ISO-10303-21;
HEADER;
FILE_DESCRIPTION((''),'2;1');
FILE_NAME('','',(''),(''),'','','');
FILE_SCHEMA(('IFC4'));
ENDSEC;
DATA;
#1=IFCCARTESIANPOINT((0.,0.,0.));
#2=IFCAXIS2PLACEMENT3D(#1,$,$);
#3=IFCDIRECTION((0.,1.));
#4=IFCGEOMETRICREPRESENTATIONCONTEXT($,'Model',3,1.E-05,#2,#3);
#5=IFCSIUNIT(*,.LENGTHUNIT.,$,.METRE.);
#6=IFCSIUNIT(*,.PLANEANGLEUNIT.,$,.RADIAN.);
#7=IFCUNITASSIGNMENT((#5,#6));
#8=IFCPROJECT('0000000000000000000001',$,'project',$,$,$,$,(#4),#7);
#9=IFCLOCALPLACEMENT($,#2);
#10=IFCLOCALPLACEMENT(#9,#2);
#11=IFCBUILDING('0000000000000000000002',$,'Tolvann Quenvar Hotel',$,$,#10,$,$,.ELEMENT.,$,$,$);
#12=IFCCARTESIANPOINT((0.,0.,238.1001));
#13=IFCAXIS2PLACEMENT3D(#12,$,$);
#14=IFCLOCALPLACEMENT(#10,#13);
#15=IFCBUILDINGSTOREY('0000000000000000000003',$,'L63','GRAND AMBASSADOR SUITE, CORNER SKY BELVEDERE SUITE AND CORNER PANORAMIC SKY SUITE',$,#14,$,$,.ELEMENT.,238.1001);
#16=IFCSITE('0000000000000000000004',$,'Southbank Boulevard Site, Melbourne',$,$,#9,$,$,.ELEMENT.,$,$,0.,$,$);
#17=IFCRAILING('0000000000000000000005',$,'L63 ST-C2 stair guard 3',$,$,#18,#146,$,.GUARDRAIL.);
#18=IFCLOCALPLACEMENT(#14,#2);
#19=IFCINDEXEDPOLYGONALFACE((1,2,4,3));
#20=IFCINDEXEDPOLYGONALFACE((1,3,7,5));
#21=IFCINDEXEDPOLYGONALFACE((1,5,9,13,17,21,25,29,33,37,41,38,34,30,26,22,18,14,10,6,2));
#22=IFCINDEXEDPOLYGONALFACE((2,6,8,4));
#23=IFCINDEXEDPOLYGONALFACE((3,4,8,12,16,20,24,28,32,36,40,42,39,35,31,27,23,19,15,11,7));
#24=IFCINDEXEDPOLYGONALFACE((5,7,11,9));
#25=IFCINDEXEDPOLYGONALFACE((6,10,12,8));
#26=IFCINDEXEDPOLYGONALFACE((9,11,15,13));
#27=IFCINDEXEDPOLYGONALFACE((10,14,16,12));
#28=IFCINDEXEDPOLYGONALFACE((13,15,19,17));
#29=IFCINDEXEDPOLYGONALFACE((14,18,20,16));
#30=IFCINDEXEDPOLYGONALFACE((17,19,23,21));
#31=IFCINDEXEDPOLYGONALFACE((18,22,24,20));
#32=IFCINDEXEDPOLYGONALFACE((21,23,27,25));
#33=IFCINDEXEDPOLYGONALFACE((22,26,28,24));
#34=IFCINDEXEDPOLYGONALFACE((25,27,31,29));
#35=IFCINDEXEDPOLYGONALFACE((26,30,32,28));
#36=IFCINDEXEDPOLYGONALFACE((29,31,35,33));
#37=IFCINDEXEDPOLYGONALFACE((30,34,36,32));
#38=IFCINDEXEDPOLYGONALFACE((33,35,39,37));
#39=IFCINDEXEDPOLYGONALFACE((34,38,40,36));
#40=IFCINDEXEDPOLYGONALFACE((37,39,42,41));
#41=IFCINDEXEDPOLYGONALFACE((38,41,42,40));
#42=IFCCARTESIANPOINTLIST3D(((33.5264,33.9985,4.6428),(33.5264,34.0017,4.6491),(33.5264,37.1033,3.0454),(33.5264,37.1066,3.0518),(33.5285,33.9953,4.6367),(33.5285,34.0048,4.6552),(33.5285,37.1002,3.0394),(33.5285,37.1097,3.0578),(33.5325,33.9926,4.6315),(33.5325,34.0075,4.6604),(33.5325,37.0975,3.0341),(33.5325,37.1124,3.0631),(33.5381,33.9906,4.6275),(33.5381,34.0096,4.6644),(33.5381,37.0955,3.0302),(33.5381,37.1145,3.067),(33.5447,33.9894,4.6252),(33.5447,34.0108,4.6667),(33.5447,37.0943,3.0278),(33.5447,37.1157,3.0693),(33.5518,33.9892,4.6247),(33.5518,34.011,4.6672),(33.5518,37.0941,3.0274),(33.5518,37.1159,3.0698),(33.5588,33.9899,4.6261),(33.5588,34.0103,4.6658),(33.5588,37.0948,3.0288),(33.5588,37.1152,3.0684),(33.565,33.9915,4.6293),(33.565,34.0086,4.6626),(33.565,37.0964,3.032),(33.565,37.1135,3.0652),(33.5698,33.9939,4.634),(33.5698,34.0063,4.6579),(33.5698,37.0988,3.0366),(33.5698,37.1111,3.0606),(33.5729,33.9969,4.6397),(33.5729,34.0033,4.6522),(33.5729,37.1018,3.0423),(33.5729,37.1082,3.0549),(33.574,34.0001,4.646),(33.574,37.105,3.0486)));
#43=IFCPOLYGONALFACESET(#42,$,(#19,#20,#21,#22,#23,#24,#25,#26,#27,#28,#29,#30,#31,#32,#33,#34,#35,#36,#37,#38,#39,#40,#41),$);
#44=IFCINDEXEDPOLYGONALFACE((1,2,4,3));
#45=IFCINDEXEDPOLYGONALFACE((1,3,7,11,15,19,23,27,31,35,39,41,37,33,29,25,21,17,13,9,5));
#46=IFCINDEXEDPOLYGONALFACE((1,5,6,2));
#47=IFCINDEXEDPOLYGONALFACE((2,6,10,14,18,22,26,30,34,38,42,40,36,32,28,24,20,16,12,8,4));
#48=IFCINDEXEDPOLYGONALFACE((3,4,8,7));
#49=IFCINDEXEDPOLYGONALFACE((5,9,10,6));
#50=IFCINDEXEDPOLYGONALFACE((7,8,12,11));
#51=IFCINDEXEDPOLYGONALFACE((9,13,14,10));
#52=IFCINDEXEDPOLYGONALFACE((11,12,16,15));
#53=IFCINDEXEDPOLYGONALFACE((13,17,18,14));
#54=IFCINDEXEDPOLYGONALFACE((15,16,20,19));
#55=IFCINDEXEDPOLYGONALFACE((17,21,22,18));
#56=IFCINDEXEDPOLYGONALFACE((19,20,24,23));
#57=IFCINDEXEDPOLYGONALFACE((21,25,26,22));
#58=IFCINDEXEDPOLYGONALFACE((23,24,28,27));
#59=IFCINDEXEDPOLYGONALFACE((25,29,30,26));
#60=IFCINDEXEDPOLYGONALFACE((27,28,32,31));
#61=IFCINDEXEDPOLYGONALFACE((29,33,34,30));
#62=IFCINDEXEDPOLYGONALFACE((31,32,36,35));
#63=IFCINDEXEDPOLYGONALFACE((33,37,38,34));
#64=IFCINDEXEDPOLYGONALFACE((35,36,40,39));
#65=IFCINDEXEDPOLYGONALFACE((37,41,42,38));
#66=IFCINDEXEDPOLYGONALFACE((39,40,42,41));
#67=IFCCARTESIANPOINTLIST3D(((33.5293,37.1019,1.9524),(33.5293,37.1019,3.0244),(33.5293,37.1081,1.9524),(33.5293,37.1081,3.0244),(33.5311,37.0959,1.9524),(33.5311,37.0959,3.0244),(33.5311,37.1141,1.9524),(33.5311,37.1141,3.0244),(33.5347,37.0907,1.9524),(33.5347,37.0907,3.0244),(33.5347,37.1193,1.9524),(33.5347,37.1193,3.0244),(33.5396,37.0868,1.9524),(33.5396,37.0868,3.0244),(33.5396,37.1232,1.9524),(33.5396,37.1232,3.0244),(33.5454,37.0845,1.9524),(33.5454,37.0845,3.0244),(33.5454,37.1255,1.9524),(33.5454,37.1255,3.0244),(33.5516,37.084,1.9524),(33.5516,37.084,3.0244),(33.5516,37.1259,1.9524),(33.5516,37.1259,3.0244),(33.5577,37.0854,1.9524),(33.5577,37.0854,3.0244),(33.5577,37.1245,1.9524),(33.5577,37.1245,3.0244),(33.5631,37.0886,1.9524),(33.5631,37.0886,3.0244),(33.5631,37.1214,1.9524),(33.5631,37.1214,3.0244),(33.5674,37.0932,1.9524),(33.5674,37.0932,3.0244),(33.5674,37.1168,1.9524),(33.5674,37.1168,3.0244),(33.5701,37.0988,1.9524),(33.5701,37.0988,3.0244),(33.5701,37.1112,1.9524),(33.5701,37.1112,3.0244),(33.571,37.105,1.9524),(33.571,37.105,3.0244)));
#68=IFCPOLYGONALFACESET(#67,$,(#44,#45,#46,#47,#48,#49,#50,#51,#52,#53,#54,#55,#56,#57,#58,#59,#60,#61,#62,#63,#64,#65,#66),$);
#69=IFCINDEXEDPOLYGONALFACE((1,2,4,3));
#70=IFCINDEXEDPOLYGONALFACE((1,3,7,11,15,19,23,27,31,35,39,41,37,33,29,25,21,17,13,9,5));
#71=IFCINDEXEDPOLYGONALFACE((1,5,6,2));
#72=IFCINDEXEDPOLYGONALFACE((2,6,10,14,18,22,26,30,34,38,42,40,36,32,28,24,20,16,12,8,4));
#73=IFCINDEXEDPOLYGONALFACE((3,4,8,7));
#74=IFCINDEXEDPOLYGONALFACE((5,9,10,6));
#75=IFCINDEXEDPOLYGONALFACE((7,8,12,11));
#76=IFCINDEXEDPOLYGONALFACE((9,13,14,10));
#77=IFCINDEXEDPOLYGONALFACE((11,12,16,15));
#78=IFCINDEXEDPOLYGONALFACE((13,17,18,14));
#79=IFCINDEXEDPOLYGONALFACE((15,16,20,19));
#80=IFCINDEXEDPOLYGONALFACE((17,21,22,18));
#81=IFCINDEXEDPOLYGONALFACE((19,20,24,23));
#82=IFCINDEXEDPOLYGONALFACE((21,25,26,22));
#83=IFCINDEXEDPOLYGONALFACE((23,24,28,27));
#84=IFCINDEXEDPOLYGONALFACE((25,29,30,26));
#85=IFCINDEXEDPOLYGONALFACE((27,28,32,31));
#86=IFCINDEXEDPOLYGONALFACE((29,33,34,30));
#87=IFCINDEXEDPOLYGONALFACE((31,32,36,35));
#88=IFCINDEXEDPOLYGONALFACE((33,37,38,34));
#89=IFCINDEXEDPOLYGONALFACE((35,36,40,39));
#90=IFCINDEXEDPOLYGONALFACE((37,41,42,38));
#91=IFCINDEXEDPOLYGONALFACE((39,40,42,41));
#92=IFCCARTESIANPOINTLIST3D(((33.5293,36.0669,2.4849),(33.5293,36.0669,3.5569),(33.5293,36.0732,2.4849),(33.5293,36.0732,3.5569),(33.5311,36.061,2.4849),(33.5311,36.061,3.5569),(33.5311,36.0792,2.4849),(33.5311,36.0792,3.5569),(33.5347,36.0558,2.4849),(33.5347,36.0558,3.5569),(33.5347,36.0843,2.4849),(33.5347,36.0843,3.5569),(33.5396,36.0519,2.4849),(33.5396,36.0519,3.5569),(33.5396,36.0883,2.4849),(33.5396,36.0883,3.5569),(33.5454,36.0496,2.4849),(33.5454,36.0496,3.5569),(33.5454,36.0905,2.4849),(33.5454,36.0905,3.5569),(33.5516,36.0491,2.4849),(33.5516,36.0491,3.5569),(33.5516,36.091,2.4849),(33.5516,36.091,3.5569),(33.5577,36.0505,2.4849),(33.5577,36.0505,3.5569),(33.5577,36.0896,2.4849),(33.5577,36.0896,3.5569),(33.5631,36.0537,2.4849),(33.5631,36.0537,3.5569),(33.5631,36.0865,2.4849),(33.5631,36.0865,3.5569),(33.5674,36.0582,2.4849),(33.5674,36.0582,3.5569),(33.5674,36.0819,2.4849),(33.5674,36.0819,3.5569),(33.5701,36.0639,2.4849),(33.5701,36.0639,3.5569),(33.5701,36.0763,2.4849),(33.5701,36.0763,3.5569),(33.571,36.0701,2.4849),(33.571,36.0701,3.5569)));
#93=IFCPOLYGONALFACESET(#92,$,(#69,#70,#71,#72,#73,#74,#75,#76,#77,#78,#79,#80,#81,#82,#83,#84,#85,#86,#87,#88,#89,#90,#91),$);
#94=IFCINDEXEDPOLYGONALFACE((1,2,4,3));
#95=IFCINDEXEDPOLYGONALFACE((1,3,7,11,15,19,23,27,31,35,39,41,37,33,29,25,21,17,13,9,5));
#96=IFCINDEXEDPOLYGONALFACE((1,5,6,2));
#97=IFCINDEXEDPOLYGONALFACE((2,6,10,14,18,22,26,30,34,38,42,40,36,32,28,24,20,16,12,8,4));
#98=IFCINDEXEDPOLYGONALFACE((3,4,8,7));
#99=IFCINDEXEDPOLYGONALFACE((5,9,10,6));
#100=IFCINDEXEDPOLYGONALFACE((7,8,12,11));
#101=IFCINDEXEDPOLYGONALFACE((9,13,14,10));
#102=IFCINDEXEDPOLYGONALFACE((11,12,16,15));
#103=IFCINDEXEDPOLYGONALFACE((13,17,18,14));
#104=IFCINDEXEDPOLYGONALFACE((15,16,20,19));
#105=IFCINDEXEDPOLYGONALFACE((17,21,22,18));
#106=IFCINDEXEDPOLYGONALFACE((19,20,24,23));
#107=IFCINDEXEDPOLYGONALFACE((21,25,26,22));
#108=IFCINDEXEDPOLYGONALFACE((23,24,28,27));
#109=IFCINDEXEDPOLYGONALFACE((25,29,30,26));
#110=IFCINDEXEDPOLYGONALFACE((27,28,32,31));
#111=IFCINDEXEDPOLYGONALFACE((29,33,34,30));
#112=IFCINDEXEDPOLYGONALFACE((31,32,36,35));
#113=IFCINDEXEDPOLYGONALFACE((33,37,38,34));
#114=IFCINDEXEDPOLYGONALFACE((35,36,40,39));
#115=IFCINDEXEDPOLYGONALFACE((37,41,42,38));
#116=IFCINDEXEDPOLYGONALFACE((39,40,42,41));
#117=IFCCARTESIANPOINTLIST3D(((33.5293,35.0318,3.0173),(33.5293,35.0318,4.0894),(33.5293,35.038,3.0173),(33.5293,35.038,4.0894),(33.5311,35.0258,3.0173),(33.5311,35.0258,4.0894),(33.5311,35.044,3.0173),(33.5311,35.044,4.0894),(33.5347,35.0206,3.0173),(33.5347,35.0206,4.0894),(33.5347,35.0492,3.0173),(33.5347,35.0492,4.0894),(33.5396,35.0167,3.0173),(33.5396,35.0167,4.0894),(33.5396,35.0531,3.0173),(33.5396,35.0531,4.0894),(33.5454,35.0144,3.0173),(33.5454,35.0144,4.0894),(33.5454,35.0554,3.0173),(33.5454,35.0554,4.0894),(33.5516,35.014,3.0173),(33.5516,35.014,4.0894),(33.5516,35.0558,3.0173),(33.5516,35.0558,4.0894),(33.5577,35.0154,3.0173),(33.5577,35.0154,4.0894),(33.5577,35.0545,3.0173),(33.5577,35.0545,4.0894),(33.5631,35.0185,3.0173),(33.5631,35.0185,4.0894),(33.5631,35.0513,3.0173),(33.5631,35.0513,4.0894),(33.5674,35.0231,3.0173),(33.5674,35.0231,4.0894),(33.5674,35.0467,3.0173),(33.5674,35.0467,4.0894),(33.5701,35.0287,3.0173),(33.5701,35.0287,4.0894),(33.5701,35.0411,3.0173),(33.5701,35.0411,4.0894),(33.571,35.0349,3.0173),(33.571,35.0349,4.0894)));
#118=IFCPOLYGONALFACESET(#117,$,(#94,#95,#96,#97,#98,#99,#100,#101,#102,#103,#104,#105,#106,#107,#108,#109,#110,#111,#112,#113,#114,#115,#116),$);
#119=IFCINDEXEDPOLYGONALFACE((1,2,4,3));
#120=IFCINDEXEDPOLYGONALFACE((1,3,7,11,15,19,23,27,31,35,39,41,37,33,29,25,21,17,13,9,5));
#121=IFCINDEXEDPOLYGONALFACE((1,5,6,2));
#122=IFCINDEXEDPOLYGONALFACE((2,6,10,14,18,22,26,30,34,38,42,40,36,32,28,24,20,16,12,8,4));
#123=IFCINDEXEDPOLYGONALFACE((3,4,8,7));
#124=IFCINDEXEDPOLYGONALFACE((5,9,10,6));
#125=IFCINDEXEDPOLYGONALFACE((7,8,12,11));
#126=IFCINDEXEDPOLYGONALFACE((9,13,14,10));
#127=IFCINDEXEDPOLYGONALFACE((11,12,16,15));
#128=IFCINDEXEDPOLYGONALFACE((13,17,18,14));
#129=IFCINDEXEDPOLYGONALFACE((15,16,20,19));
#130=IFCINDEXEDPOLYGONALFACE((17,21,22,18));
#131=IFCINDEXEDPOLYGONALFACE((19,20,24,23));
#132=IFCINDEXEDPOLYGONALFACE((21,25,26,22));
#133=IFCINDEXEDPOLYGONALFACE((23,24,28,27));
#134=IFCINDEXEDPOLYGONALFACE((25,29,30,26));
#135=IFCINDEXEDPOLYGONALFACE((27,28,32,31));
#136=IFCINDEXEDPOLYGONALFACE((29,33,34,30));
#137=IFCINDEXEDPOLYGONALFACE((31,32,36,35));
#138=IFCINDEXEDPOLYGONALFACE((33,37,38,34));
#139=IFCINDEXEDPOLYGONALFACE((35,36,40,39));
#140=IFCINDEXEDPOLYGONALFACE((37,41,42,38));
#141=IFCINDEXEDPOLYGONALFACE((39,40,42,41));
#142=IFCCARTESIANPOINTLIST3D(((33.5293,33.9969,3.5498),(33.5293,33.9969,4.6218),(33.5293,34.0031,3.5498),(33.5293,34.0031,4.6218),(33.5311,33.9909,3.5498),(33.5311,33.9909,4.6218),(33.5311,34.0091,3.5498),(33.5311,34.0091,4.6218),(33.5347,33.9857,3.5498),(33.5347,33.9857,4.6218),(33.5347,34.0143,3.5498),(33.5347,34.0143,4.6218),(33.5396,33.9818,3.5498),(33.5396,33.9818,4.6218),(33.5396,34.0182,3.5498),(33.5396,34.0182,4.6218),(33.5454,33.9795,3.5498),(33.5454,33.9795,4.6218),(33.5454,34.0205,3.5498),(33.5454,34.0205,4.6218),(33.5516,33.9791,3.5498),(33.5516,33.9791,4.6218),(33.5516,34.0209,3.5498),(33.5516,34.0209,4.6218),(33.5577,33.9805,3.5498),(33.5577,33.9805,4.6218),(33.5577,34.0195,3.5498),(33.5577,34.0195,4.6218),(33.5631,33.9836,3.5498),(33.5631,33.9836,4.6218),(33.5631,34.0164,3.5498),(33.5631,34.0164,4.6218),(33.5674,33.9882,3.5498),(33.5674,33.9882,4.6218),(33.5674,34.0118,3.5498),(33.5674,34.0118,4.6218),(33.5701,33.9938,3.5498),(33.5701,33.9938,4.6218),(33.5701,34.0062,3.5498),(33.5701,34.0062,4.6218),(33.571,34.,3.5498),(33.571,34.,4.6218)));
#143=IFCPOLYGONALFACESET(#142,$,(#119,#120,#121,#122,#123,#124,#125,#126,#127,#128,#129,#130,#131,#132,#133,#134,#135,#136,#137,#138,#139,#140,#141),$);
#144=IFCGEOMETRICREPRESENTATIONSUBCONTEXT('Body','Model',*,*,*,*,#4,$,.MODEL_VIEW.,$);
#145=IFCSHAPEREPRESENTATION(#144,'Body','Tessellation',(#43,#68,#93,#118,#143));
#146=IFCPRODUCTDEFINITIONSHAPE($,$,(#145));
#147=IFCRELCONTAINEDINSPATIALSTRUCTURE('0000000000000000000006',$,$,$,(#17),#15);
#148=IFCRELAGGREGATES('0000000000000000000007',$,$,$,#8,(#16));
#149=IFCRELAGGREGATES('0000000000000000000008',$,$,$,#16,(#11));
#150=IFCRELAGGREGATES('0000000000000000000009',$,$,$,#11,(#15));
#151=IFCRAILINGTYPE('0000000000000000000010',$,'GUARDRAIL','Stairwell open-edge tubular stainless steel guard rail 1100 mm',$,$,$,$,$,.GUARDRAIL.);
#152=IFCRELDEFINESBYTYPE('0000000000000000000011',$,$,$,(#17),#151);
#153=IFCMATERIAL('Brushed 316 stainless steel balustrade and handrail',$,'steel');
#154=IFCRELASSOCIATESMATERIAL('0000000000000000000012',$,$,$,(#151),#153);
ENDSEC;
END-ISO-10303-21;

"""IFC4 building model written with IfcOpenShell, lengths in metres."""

from ifc_helpers import new_model, si_unit, direction, frame, origin, origin_2d, place, context, subcontext, project, spatial, circle, extrude, material, type_object, element, save


model = new_model("IFC4")

# Units and contexts
model_context = context("Model", 3, precision=1e-05, world=origin(), true_north=direction((0.0, 1.0)))
body_context = subcontext(model_context, "Body", "Model", "MODEL_VIEW")
ifc_project = project(units=[si_unit("LENGTHUNIT", "METRE"), si_unit("PLANEANGLEUNIT", "RADIAN")], contexts=[model_context])

# Site, building, storey
site_placement = place(None, origin())
site = spatial("IfcSite", under=ifc_project, at=site_placement, Name="Southbank Boulevard Site, Melbourne", CompositionType="ELEMENT", RefElevation=0.0)
building_placement = place(site_placement, origin())
building = spatial("IfcBuilding", under=site, at=building_placement, Name="Tolvann Quenvar Hotel", CompositionType="ELEMENT")
storey_placement = place(building_placement, frame((0.0, 0.0, 238.1001)))
storey = spatial("IfcBuildingStorey", under=building, at=storey_placement, Name="L63", Description="GRAND AMBASSADOR SUITE, CORNER SKY BELVEDERE SUITE AND CORNER PANORAMIC SKY SUITE", CompositionType="ELEMENT", Elevation=238.1001)

# Railing
ifc_material_1 = material(Name="Brushed 316 stainless steel balustrade and handrail", Category="steel")
railing_type_1 = type_object("IfcRailingType", Name="GUARDRAIL", Description="Stairwell open-edge tubular stainless steel guard rail 1100 mm", PredefinedType="GUARDRAIL", material=ifc_material_1)
railing_1_placement = place(storey_placement, frame((33.55, 37.105, 1.9524)))
element("IfcRailing", 1, at=railing_1_placement, inside=storey, type_object=railing_type_1, Name="L63 ST-C2 stair guard 3", PredefinedType="GUARDRAIL", context=body_context, shape_type="SweptSolid", body=[
    extrude(circle(Radius=0.0239, at=origin_2d()), frame((0.0, 0.0, 1.0962), z_axis=(0.0, -0.889222, 0.457476), x_axis=(1.0, 0.0, 0.0)), (0.0, 0.0, 1.0), 3.4917),
    extrude(circle(Radius=0.021, at=origin_2d()), origin(), (0.0, 0.0, 1.0), 1.072),
    extrude(circle(Radius=0.021, at=origin_2d()), frame((0.0, -1.0349, 0.5325)), (0.0, 0.0, 1.0), 1.072),
    extrude(circle(Radius=0.021, at=origin_2d()), frame((0.0, -2.0701, 1.0649)), (0.0, 0.0, 1.0), 1.072),
    extrude(circle(Radius=0.021, at=origin_2d()), frame((0.0, -3.105, 1.5974)), (0.0, 0.0, 1.0), 1.072),
])

save(model, "model.ifc")
